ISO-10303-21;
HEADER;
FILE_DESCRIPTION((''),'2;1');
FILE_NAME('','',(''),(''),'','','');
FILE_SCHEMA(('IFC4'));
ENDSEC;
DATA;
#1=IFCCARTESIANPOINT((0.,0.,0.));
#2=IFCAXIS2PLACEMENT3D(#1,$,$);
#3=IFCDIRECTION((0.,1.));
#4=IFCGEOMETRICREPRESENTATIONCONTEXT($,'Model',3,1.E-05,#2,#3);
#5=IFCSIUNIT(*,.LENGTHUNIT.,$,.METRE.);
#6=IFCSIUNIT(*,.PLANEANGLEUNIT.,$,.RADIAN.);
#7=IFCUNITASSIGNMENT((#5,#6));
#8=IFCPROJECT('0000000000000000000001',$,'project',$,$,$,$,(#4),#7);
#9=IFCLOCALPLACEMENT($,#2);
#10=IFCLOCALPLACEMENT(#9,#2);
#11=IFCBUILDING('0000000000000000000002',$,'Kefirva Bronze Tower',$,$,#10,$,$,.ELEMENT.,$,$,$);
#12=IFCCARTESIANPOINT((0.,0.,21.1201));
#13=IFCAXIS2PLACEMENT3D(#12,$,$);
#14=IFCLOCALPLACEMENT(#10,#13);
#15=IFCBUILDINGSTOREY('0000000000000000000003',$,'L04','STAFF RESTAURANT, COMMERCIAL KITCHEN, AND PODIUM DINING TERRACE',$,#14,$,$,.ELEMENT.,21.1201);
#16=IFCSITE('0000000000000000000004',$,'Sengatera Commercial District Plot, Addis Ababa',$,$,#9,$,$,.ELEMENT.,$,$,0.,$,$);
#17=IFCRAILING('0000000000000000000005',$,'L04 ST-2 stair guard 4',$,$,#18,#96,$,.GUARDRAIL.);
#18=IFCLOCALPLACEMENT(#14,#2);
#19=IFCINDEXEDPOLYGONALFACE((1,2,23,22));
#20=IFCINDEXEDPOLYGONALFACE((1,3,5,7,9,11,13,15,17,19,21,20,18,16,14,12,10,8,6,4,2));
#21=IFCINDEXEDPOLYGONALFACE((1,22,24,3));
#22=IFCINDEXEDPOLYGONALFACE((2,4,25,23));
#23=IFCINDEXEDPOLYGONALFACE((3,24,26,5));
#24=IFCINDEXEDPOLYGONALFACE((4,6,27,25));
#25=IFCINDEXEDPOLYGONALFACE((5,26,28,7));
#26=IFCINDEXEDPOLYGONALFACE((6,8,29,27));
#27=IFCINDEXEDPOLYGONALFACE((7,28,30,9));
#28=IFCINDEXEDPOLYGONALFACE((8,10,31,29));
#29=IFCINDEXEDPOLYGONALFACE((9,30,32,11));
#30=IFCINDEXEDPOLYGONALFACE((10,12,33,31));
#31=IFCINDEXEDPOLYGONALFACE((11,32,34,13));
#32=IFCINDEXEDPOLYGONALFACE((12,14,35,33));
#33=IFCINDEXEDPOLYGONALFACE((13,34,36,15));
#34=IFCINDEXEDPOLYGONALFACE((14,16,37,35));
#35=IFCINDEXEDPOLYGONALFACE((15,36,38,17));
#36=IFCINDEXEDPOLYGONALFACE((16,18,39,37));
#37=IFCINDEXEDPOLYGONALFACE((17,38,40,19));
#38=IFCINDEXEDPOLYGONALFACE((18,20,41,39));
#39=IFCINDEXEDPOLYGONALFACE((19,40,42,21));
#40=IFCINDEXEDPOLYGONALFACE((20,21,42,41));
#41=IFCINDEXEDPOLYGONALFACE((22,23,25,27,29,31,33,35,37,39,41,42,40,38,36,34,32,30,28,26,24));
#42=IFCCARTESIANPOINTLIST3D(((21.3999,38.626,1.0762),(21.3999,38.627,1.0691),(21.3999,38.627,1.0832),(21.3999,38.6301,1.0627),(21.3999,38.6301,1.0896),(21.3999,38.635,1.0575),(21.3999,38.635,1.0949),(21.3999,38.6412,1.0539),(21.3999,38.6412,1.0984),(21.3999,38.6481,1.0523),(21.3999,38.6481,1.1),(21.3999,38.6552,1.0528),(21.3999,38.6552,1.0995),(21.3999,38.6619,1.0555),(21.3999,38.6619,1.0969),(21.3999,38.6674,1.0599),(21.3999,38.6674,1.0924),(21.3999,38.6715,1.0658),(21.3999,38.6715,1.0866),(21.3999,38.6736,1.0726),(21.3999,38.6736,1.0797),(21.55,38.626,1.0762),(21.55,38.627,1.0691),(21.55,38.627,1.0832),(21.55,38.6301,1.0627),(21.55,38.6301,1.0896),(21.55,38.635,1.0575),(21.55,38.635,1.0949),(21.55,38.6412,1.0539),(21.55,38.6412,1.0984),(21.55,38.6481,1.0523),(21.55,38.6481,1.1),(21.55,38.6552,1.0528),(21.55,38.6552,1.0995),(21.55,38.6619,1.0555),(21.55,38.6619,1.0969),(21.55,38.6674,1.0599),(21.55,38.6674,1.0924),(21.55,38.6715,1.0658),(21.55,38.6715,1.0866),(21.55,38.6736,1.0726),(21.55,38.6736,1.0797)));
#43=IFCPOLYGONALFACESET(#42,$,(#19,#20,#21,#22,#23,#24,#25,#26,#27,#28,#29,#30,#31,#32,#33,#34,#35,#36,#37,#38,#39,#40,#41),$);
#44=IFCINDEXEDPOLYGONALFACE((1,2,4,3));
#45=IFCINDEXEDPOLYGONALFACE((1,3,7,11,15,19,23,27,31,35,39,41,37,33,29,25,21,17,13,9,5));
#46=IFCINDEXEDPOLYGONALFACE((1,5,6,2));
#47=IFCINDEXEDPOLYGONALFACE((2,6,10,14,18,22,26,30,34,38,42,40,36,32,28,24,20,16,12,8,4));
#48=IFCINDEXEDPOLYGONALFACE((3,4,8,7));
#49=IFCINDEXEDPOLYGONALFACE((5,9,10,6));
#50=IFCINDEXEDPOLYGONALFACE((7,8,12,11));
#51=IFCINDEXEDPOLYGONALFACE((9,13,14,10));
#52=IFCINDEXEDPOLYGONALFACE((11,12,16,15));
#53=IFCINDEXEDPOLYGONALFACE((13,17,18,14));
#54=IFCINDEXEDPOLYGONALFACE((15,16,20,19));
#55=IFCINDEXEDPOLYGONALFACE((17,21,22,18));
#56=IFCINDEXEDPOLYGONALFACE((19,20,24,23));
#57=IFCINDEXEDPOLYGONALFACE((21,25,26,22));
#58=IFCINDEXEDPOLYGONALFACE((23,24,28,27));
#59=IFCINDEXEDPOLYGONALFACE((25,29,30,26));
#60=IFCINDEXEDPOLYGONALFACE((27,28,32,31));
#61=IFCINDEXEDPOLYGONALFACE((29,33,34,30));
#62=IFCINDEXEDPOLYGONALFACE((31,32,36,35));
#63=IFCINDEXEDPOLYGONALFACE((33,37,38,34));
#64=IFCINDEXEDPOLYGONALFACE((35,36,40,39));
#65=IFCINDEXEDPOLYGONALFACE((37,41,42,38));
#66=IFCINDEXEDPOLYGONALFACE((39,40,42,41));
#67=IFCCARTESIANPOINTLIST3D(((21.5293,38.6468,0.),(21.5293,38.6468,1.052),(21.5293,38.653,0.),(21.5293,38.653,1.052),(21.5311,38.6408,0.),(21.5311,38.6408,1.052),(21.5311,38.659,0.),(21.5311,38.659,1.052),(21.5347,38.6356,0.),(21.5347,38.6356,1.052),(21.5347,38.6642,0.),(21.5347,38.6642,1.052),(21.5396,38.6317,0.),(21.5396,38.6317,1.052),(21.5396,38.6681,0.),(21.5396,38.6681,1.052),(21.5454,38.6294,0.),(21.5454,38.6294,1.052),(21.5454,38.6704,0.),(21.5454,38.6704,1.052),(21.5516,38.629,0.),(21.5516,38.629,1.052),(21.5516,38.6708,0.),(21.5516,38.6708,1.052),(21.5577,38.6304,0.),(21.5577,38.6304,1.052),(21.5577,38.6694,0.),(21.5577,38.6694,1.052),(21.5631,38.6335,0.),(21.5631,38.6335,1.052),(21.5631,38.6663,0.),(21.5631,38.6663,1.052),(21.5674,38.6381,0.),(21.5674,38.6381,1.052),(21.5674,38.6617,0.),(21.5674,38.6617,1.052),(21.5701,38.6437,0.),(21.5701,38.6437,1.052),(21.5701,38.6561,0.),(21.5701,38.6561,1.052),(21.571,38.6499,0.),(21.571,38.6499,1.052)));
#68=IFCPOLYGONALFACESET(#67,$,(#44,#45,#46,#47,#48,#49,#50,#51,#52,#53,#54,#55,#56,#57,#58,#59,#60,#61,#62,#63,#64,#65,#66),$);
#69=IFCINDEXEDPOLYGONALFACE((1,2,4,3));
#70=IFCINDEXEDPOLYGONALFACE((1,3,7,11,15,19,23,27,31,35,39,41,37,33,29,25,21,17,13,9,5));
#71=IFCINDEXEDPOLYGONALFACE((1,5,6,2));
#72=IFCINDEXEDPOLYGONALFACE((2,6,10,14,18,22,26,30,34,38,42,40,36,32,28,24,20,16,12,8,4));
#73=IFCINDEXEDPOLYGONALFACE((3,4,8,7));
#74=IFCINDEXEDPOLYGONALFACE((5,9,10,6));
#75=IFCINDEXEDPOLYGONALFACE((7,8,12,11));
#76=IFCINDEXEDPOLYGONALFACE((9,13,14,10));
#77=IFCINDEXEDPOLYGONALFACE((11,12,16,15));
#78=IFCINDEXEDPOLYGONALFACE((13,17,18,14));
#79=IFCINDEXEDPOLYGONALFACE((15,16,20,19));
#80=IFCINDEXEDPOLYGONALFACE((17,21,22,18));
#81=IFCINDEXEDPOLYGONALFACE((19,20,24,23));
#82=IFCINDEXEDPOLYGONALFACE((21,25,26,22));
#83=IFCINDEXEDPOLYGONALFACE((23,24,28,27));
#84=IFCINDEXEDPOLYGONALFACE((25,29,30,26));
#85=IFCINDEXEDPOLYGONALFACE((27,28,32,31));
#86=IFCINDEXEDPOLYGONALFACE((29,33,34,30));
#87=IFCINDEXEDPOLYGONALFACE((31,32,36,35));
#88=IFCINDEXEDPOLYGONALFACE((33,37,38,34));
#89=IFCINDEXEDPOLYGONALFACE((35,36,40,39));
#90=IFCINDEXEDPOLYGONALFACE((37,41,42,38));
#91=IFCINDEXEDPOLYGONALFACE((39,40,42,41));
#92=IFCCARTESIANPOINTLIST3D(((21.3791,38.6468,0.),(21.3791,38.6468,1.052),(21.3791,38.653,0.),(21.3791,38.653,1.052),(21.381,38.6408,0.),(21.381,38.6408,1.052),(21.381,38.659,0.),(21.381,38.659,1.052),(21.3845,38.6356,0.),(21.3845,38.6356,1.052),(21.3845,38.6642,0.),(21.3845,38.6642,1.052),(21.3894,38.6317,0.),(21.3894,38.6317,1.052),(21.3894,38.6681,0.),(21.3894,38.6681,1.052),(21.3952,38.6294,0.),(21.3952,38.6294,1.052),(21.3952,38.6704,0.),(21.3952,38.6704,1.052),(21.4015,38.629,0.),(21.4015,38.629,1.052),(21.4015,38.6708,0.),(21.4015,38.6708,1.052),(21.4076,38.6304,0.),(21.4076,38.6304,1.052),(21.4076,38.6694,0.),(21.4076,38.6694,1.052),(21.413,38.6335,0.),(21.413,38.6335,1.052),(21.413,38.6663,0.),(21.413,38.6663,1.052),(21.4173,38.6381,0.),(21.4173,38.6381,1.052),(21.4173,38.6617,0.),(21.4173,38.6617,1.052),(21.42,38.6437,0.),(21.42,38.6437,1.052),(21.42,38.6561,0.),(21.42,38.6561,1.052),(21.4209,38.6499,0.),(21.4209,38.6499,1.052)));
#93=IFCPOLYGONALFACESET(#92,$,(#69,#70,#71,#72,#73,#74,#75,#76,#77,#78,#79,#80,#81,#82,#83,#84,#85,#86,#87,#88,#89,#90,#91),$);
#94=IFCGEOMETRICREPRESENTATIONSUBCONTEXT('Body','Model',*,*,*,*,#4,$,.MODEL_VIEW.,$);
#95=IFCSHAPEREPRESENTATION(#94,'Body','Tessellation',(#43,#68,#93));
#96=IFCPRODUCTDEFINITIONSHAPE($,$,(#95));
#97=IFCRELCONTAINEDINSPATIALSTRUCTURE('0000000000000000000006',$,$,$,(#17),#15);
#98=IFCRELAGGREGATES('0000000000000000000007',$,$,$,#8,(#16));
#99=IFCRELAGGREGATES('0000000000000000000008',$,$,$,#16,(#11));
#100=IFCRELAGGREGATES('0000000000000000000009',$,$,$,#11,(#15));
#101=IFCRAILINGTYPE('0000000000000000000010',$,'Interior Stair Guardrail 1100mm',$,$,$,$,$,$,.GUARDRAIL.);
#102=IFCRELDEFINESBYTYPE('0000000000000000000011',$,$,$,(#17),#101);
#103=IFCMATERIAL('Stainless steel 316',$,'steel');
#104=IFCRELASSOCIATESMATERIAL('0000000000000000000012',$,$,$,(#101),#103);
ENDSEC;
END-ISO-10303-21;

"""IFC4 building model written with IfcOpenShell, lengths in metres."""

from ifc_helpers import new_model, si_unit, direction, frame, origin, origin_2d, place, context, subcontext, project, spatial, circle, extrude, material, type_object, element, save


model = new_model("IFC4")

# Units and contexts
model_context = context("Model", 3, precision=1e-05, world=origin(), true_north=direction((0.0, 1.0)))
body_context = subcontext(model_context, "Body", "Model", "MODEL_VIEW")
ifc_project = project(units=[si_unit("LENGTHUNIT", "METRE"), si_unit("PLANEANGLEUNIT", "RADIAN")], contexts=[model_context])

# Site, building, storey
site_placement = place(None, origin())
site = spatial("IfcSite", under=ifc_project, at=site_placement, Name="Sengatera Commercial District Plot, Addis Ababa", CompositionType="ELEMENT", RefElevation=0.0)
building_placement = place(site_placement, origin())
building = spatial("IfcBuilding", under=site, at=building_placement, Name="Kefirva Bronze Tower", CompositionType="ELEMENT")
storey_placement = place(building_placement, frame((0.0, 0.0, 21.1201)))
storey = spatial("IfcBuildingStorey", under=building, at=storey_placement, Name="L04", Description="STAFF RESTAURANT, COMMERCIAL KITCHEN, AND PODIUM DINING TERRACE", CompositionType="ELEMENT", Elevation=21.1201)

# Railing
ifc_material_1 = material(Name="Stainless steel 316", Category="steel")
railing_type_1 = type_object("IfcRailingType", Name="Interior Stair Guardrail 1100mm", PredefinedType="GUARDRAIL", material=ifc_material_1)
railing_1_placement = place(storey_placement, frame((21.55, 38.6499, 0.0)))
element("IfcRailing", 1, at=railing_1_placement, inside=storey, type_object=railing_type_1, Name="L04 ST-2 stair guard 4", PredefinedType="GUARDRAIL", context=body_context, shape_type="SweptSolid", body=[
    extrude(circle(Radius=0.0239, at=origin_2d()), frame((0.0, 0.0, 1.0762), z_axis=(-1.0, 0.0, 0.0), x_axis=(0.0, -1.0, 0.0)), (0.0, 0.0, 1.0), 0.1501),
    extrude(circle(Radius=0.021, at=origin_2d()), origin(), (0.0, 0.0, 1.0), 1.052),
    extrude(circle(Radius=0.021, at=origin_2d()), frame((-0.1501, 0.0, 0.0)), (0.0, 0.0, 1.0), 1.052),
])

save(model, "model.ifc")
